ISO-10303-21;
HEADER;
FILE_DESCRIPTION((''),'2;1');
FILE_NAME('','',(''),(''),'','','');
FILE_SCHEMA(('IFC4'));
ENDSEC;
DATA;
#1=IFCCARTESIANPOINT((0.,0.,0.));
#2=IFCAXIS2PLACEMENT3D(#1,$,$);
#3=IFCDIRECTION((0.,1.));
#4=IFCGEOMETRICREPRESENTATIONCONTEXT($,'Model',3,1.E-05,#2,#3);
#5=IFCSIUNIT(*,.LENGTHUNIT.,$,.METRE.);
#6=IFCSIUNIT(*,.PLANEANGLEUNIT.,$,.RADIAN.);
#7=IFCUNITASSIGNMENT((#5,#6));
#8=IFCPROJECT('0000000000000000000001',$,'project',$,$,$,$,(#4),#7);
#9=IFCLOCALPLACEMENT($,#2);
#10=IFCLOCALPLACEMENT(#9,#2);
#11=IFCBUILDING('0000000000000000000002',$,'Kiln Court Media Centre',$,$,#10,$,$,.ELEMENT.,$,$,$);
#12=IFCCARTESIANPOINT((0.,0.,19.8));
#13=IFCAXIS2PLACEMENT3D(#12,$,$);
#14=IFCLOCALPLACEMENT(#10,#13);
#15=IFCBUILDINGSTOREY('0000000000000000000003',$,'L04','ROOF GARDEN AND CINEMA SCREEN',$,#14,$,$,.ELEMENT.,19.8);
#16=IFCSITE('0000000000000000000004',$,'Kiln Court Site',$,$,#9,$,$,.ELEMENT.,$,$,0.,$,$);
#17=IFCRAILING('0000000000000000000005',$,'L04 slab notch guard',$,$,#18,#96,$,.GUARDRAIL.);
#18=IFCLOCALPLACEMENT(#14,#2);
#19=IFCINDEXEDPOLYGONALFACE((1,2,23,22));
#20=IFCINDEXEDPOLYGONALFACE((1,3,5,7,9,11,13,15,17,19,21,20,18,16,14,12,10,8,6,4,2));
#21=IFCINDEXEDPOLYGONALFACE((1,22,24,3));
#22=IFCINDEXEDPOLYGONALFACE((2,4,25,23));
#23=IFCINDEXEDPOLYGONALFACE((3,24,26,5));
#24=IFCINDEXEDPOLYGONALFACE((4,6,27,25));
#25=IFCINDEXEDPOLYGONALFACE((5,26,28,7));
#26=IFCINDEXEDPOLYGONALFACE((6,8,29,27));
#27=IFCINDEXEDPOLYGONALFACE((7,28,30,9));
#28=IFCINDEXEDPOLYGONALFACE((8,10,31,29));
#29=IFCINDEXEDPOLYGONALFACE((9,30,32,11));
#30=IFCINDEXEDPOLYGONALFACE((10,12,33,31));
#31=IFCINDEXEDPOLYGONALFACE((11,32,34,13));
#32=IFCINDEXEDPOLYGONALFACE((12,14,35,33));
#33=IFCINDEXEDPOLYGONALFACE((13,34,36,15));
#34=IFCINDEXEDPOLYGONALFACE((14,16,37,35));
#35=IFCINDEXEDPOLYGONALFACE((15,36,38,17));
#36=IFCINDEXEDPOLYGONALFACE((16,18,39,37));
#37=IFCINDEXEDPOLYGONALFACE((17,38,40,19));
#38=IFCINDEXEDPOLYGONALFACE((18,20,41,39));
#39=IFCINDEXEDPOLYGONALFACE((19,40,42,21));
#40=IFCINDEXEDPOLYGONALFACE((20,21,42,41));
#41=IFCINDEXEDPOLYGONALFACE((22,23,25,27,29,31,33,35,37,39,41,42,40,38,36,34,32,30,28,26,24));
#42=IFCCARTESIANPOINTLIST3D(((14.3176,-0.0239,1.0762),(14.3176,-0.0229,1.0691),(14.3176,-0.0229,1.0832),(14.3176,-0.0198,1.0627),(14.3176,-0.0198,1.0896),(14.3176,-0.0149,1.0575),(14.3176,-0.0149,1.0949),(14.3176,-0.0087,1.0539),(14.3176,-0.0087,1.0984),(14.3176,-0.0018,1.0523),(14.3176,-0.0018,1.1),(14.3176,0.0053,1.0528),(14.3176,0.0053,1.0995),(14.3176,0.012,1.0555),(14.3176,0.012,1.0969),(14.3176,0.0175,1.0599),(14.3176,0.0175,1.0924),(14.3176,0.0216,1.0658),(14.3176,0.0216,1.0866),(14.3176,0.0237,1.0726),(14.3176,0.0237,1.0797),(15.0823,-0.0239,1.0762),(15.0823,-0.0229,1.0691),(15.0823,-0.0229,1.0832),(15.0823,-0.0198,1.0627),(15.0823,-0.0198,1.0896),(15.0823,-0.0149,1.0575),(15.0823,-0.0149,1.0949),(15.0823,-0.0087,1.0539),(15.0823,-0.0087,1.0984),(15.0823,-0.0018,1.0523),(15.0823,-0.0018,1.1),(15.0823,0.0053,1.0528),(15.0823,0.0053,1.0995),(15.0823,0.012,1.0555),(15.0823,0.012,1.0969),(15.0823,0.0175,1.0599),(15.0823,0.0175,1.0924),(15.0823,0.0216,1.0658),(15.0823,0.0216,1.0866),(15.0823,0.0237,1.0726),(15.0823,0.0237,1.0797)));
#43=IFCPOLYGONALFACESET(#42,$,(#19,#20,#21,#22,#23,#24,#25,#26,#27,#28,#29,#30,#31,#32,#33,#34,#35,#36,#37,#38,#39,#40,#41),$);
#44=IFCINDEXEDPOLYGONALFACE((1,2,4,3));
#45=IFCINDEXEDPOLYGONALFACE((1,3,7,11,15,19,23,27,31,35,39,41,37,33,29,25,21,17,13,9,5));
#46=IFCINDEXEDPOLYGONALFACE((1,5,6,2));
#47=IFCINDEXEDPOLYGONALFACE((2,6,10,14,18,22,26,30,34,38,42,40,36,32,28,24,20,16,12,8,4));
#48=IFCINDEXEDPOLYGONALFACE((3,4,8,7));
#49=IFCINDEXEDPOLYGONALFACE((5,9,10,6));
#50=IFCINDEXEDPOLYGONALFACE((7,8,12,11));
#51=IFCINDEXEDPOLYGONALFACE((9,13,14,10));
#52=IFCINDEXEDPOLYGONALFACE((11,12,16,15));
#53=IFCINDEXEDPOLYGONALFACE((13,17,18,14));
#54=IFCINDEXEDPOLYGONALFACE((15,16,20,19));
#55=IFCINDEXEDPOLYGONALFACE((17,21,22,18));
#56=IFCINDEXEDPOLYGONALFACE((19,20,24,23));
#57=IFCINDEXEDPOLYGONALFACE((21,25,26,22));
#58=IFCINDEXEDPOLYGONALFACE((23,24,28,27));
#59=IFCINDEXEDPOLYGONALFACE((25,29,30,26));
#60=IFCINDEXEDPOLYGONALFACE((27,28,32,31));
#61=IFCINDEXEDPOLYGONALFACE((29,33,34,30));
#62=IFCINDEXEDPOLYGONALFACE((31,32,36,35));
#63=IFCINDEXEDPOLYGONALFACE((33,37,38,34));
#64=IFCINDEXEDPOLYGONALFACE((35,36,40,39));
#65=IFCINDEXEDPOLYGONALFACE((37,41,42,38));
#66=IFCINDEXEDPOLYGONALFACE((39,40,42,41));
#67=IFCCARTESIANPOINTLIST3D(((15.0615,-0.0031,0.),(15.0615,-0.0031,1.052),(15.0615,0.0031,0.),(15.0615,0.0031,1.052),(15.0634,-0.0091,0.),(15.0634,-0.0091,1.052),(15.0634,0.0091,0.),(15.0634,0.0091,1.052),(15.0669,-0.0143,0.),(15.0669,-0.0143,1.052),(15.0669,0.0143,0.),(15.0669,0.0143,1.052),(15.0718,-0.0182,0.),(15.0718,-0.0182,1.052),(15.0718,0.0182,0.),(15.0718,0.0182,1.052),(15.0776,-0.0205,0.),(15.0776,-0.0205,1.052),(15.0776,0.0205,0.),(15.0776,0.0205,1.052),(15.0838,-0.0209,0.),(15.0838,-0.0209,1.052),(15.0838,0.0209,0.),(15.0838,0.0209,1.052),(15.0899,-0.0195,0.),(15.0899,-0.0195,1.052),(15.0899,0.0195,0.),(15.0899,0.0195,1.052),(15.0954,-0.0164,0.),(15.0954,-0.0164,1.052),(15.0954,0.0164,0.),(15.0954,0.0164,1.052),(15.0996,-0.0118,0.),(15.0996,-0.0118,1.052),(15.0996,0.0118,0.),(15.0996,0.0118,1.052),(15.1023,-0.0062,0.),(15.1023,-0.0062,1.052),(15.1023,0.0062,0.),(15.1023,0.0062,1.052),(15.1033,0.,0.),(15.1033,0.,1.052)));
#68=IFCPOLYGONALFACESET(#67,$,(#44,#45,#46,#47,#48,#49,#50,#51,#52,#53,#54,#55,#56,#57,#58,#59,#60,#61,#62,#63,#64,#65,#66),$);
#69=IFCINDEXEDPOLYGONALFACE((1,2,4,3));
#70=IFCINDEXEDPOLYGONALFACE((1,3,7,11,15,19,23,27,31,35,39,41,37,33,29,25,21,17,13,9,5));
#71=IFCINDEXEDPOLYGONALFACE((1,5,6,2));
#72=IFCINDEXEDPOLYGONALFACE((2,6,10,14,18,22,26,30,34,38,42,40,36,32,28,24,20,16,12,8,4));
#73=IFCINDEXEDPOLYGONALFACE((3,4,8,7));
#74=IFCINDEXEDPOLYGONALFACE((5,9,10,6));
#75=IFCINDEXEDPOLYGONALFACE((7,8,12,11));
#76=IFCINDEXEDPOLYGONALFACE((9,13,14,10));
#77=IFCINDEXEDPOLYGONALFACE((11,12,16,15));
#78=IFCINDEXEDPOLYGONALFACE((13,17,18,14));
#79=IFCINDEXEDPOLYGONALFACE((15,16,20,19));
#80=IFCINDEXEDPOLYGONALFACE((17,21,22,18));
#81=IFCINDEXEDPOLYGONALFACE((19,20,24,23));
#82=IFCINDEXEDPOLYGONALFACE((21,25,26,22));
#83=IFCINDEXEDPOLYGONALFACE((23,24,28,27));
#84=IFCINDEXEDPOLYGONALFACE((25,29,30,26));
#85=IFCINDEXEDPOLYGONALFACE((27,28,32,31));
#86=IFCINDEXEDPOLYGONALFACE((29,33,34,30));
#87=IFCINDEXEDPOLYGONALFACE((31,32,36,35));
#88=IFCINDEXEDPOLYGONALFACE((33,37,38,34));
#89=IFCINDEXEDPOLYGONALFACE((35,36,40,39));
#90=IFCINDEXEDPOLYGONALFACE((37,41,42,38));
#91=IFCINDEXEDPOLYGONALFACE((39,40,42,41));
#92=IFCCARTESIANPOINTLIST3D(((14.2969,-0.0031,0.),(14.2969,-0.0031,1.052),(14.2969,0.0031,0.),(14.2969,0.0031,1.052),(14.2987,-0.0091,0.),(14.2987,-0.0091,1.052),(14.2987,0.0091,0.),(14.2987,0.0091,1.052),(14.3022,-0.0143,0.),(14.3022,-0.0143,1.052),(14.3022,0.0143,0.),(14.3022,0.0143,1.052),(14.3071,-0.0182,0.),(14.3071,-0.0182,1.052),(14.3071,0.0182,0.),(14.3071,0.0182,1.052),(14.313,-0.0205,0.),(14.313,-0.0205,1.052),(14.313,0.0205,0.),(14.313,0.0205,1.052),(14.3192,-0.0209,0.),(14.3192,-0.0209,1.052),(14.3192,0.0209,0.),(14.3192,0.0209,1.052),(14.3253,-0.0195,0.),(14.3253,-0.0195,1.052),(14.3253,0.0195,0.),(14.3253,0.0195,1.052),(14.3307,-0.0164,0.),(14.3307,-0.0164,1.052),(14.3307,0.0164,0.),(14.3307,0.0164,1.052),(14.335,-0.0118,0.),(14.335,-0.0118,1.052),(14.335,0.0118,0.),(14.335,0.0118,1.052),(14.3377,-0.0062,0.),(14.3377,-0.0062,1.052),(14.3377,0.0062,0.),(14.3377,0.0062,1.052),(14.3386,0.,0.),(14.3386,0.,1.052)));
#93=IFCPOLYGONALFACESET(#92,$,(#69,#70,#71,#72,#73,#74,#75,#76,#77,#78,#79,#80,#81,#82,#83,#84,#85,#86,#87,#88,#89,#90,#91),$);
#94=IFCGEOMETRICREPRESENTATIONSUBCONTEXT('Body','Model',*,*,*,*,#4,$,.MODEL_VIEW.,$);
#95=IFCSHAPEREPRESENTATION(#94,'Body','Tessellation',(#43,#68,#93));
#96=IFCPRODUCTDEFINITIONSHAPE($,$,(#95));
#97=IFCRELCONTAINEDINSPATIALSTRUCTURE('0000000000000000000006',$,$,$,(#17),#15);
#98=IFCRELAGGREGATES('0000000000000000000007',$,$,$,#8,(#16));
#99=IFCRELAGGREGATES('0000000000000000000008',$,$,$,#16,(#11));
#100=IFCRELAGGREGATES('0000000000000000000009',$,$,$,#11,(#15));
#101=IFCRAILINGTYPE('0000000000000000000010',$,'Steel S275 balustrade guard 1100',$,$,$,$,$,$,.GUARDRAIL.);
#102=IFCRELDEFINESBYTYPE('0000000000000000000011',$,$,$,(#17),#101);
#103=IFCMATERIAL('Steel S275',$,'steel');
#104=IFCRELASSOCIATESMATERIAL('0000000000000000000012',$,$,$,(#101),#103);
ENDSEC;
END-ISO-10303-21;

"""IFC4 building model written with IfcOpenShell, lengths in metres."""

from ifc_helpers import new_model, si_unit, direction, frame, origin, origin_2d, place, context, subcontext, project, spatial, circle, extrude, material, type_object, element, save


model = new_model("IFC4")

# Units and contexts
model_context = context("Model", 3, precision=1e-05, world=origin(), true_north=direction((0.0, 1.0)))
body_context = subcontext(model_context, "Body", "Model", "MODEL_VIEW")
ifc_project = project(units=[si_unit("LENGTHUNIT", "METRE"), si_unit("PLANEANGLEUNIT", "RADIAN")], contexts=[model_context])

# Site, building, storey
site_placement = place(None, origin())
site = spatial("IfcSite", under=ifc_project, at=site_placement, Name="Kiln Court Site", CompositionType="ELEMENT", RefElevation=0.0)
building_placement = place(site_placement, origin())
building = spatial("IfcBuilding", under=site, at=building_placement, Name="Kiln Court Media Centre", CompositionType="ELEMENT")
storey_placement = place(building_placement, frame((0.0, 0.0, 19.8)))
storey = spatial("IfcBuildingStorey", under=building, at=storey_placement, Name="L04", Description="ROOF GARDEN AND CINEMA SCREEN", CompositionType="ELEMENT", Elevation=19.8)

# Railing
ifc_material_1 = material(Name="Steel S275", Category="steel")
railing_type = type_object("IfcRailingType", Name="Steel S275 balustrade guard 1100", PredefinedType="GUARDRAIL", material=ifc_material_1)
railing_placement = place(storey_placement, frame((15.0823, 0.0, 0.0)))
element("IfcRailing", 1, at=railing_placement, inside=storey, type_object=railing_type, Name="L04 slab notch guard", PredefinedType="GUARDRAIL", context=body_context, shape_type="SweptSolid", body=[
    extrude(circle(Radius=0.0239, at=origin_2d()), frame((0.0, 0.0, 1.0762), z_axis=(-1.0, 0.0, 0.0), x_axis=(0.0, -1.0, 0.0)), (0.0, 0.0, 1.0), 0.7646),
    extrude(circle(Radius=0.021, at=origin_2d()), origin(), (0.0, 0.0, 1.0), 1.052),
    extrude(circle(Radius=0.021, at=origin_2d()), frame((-0.7646, 0.0, 0.0)), (0.0, 0.0, 1.0), 1.052),
])

save(model, "model.ifc")
